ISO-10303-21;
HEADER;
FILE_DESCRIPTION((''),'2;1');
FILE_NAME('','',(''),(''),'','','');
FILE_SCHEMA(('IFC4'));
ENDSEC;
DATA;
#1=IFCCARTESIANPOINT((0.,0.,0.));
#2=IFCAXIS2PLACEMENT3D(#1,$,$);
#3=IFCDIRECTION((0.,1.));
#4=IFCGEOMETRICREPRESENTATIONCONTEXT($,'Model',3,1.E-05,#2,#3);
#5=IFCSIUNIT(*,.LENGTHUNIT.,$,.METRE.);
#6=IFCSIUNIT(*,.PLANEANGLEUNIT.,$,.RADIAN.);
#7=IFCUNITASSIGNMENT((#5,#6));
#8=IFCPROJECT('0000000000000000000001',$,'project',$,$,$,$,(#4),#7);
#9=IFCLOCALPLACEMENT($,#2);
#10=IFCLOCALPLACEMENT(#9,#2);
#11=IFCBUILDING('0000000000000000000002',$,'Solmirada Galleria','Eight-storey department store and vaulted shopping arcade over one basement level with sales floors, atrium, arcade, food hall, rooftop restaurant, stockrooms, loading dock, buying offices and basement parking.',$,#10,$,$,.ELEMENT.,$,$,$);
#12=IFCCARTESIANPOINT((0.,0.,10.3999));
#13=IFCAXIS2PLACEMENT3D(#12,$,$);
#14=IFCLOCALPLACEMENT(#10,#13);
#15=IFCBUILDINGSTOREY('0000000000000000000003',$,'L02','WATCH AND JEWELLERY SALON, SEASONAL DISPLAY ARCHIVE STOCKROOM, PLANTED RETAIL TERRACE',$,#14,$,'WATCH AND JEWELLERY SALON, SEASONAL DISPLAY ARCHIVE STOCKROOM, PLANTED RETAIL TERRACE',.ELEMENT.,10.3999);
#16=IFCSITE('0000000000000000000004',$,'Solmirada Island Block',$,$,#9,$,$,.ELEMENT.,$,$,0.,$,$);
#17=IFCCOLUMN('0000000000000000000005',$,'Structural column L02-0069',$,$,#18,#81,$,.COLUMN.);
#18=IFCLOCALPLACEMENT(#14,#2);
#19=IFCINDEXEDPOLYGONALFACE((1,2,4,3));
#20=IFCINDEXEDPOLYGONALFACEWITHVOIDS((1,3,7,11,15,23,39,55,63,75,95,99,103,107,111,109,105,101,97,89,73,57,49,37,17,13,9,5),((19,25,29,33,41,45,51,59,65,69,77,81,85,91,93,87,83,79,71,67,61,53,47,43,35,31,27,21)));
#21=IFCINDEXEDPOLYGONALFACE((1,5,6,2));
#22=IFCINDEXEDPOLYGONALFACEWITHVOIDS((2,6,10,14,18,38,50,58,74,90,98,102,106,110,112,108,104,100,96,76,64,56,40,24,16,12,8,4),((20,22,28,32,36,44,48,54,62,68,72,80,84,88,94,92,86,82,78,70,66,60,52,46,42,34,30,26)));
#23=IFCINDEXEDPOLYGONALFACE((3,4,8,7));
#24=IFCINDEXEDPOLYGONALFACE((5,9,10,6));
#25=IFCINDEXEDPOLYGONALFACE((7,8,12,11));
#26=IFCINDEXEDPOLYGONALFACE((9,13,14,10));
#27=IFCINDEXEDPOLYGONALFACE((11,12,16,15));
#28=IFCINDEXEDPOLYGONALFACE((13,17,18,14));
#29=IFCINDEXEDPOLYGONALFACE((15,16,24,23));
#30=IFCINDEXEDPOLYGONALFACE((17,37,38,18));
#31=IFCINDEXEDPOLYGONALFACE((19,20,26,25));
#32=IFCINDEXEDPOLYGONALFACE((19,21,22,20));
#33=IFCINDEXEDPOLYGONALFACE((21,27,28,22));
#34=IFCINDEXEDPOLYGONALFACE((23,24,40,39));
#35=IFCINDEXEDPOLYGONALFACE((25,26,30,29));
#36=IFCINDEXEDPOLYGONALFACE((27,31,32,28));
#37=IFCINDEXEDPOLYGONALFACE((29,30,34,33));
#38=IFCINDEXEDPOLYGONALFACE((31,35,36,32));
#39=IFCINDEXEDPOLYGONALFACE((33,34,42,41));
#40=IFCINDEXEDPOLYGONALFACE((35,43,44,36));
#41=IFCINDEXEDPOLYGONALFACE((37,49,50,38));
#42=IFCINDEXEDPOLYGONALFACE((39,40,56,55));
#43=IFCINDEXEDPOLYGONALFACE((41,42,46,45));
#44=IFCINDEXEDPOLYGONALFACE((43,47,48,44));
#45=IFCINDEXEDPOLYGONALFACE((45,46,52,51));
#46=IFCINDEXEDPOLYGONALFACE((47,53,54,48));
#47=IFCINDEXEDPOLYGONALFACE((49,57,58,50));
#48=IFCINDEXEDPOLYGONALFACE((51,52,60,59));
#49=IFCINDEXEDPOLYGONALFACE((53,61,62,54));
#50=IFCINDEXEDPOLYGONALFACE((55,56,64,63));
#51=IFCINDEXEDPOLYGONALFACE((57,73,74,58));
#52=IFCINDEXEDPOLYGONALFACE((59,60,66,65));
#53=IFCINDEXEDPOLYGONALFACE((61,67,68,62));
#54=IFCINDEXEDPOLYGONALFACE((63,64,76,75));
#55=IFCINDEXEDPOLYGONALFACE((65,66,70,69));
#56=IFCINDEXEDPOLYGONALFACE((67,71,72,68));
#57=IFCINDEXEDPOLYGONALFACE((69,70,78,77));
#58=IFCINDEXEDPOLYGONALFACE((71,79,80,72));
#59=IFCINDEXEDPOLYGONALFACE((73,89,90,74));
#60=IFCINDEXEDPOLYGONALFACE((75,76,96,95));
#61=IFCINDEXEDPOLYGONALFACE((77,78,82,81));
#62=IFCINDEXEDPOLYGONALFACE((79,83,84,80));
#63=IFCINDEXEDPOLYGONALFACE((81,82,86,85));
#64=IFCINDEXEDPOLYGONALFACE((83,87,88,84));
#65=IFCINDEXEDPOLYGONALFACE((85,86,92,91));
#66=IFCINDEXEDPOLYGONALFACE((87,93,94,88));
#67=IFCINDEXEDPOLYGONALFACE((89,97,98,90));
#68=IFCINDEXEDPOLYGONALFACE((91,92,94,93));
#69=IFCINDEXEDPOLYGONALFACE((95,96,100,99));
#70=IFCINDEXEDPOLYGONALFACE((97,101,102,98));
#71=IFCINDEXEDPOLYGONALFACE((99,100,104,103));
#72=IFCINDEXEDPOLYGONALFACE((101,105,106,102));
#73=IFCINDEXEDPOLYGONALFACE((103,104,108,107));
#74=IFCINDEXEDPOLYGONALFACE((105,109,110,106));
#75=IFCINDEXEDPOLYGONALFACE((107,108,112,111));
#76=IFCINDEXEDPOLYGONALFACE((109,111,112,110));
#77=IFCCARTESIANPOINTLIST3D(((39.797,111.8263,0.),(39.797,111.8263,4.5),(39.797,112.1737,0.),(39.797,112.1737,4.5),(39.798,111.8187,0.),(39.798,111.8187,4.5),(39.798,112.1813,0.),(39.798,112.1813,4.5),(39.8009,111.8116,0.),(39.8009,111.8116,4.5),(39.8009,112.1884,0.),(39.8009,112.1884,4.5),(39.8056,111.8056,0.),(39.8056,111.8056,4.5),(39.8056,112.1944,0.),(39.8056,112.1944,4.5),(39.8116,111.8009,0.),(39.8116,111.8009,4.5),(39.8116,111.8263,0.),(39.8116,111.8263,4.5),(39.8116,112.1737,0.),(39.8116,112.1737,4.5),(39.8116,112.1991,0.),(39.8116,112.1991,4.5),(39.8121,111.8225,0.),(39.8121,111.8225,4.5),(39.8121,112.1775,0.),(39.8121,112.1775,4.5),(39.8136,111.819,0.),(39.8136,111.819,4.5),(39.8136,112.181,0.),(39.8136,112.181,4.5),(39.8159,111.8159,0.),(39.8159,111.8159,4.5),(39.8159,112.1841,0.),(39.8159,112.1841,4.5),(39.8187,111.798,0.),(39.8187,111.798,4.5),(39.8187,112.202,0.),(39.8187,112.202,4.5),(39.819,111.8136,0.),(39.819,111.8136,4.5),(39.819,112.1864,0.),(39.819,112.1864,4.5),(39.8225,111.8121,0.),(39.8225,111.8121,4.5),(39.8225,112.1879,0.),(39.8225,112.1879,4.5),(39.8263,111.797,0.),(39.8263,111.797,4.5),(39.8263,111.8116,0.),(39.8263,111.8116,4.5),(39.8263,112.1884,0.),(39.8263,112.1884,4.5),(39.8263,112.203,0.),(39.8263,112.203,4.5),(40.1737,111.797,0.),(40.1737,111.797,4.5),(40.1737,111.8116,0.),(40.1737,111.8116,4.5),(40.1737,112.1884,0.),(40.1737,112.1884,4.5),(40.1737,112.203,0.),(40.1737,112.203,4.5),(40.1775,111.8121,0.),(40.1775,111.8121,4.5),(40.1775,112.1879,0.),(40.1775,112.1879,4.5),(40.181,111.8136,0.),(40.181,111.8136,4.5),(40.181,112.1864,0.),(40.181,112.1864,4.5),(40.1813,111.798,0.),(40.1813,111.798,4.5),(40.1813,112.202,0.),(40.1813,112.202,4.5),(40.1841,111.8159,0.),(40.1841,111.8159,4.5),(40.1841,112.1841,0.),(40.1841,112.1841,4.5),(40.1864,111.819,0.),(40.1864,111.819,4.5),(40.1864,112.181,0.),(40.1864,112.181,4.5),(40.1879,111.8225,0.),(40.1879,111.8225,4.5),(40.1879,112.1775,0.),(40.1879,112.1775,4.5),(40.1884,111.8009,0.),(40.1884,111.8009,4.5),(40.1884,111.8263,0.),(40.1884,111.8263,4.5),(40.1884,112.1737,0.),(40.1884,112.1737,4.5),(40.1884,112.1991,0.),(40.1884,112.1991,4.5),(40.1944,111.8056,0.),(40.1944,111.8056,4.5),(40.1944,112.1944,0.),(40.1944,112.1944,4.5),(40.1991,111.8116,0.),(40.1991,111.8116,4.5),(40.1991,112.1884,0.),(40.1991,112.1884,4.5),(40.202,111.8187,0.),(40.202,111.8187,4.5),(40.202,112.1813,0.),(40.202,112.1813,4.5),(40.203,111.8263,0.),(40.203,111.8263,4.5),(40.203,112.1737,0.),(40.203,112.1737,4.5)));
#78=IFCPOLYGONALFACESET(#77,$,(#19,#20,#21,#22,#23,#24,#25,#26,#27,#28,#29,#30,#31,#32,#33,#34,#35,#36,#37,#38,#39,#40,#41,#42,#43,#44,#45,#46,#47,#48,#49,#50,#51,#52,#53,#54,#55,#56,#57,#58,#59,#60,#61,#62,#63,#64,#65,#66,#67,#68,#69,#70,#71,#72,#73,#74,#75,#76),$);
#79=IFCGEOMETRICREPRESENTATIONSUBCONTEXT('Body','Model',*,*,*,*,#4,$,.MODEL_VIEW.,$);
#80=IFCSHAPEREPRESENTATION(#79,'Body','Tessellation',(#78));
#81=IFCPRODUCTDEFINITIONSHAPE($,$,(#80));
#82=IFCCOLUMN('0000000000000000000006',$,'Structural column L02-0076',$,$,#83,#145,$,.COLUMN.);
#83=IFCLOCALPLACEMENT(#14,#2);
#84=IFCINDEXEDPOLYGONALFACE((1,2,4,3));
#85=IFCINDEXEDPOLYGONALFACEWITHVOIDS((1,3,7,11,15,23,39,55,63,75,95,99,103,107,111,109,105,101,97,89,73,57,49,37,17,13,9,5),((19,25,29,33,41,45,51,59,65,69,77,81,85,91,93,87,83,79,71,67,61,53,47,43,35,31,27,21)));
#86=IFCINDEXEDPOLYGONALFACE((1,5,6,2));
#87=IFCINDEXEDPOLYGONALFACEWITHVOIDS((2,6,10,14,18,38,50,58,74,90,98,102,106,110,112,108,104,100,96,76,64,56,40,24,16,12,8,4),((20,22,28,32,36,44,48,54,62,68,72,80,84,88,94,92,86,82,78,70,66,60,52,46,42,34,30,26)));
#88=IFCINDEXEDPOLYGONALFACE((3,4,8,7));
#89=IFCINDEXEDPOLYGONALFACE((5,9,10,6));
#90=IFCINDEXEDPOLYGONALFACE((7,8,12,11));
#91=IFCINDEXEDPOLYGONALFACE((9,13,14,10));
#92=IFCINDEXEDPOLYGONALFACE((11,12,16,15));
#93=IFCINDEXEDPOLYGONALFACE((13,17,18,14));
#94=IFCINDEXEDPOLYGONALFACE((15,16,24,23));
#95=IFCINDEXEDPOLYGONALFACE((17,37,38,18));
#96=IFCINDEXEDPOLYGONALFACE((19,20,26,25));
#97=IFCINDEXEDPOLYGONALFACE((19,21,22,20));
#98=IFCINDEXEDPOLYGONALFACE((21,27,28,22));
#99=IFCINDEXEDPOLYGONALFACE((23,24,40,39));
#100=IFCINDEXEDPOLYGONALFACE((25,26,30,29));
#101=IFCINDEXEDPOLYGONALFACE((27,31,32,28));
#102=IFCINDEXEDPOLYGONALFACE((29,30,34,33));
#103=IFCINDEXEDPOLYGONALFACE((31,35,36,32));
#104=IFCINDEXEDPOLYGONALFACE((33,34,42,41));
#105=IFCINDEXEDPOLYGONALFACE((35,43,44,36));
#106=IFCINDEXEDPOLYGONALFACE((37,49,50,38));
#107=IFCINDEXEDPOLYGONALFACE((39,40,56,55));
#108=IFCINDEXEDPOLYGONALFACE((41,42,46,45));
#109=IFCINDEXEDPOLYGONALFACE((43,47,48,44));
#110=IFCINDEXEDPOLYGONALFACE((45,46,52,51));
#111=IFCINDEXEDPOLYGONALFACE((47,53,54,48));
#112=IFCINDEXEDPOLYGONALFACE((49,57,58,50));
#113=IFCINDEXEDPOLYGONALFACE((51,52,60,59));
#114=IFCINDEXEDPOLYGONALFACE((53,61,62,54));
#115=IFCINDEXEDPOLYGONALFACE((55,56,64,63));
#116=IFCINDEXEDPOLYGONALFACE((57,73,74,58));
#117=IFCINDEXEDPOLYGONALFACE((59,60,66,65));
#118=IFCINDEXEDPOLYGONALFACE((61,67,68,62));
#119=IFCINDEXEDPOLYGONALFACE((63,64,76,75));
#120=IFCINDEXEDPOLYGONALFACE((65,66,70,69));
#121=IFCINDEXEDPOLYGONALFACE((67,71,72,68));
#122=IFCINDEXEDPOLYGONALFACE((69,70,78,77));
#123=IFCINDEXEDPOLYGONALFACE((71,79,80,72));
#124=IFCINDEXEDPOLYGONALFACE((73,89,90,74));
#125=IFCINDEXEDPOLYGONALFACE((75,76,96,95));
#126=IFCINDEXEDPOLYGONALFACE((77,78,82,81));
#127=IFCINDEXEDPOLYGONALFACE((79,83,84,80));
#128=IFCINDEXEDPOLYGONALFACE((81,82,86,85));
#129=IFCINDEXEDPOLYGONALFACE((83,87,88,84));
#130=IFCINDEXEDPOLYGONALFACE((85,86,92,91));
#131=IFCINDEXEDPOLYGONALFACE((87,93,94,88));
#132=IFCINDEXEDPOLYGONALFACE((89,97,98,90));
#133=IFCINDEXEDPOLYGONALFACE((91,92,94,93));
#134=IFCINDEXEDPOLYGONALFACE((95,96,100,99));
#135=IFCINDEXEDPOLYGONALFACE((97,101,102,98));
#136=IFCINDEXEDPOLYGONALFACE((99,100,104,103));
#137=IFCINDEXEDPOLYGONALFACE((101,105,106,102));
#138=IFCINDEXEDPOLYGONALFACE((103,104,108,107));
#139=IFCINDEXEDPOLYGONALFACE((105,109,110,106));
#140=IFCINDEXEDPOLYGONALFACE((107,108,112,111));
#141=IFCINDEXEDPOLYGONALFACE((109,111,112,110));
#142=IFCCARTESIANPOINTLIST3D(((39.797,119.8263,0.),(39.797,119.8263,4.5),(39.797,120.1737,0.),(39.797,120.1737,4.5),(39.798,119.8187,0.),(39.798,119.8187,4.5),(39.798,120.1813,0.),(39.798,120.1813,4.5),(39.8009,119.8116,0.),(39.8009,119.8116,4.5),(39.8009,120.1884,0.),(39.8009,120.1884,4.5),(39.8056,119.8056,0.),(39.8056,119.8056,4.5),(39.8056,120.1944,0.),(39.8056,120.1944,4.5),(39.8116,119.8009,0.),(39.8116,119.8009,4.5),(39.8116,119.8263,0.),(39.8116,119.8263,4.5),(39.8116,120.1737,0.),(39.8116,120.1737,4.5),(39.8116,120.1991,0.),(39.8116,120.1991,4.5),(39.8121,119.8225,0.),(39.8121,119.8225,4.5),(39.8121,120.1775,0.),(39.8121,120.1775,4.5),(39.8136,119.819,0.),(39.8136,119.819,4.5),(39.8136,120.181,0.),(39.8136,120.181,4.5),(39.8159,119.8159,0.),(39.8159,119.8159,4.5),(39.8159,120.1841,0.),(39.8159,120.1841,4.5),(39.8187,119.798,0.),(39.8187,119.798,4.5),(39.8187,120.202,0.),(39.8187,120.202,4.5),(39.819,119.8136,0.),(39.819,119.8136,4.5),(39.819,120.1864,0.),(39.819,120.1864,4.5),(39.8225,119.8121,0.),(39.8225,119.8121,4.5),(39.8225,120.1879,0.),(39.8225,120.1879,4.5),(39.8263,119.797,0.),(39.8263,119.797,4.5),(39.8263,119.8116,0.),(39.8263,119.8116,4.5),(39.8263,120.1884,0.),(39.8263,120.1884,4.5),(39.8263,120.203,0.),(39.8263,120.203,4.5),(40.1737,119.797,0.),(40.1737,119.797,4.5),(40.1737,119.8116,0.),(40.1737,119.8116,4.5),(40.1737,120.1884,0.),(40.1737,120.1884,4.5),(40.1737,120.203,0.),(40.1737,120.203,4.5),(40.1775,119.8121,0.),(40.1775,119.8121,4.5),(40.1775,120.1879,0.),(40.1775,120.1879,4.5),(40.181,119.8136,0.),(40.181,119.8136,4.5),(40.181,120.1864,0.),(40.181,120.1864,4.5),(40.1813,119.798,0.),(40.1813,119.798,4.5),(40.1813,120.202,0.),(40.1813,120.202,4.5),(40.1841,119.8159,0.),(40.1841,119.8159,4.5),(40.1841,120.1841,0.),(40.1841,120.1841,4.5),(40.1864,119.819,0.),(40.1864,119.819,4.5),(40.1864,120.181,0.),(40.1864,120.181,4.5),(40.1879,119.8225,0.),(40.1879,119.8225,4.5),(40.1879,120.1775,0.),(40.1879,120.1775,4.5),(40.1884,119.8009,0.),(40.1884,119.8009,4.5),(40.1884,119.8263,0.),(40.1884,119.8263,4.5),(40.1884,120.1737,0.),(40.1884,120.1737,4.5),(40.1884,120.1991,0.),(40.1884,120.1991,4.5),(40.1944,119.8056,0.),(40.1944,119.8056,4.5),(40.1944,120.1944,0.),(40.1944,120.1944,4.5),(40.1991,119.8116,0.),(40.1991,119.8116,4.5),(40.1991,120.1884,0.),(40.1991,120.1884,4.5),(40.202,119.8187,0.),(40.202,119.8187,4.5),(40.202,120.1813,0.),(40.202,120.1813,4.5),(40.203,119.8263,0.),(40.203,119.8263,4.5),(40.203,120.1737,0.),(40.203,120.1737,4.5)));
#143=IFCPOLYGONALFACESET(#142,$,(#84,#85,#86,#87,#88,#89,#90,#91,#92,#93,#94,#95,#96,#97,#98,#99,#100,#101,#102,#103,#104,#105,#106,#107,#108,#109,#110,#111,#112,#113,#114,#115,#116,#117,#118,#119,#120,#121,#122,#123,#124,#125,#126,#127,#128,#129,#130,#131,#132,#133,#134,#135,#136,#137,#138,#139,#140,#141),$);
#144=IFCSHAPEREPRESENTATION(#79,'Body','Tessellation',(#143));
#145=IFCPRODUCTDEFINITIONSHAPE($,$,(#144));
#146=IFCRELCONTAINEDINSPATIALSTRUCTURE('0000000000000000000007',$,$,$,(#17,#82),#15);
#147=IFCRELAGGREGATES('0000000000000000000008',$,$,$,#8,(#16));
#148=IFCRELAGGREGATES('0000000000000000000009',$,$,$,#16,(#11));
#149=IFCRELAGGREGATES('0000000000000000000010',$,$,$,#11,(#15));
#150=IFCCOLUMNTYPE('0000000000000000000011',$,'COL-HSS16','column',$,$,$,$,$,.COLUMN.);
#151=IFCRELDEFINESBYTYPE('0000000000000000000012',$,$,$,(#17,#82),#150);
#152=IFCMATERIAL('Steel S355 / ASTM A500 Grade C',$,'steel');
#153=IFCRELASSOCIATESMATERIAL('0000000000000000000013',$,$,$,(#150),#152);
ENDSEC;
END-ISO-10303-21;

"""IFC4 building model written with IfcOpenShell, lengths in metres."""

from ifc_helpers import new_model, si_unit, direction, frame, origin, origin_2d, place, context, subcontext, project, spatial, hollow_rectangle, extrude, material, material_profile, profile_set, type_object, element, save


model = new_model("IFC4")

# Units and contexts
model_context = context("Model", 3, precision=1e-05, world=origin(), true_north=direction((0.0, 1.0)))
body_context = subcontext(model_context, "Body", "Model", "MODEL_VIEW")
ifc_project = project(units=[si_unit("LENGTHUNIT", "METRE"), si_unit("PLANEANGLEUNIT", "RADIAN")], contexts=[model_context])

# Site, building, storey
site_placement = place(None, origin())
site = spatial("IfcSite", under=ifc_project, at=site_placement, Name="Solmirada Island Block", CompositionType="ELEMENT", RefElevation=0.0)
building_placement = place(site_placement, origin())
building = spatial("IfcBuilding", under=site, at=building_placement, Name="Solmirada Galleria", Description="Eight-storey department store and vaulted shopping arcade over one basement level with sales floors, atrium, arcade, food hall, rooftop restaurant, stockrooms, loading dock, buying offices and basement parking.", CompositionType="ELEMENT")
storey_placement = place(building_placement, frame((0.0, 0.0, 10.3999)))
storey = spatial("IfcBuildingStorey", under=building, at=storey_placement, Name="L02", Description="WATCH AND JEWELLERY SALON, SEASONAL DISPLAY ARCHIVE STOCKROOM, PLANTED RETAIL TERRACE", LongName="WATCH AND JEWELLERY SALON, SEASONAL DISPLAY ARCHIVE STOCKROOM, PLANTED RETAIL TERRACE", CompositionType="ELEMENT", Elevation=10.3999)

# Columns
ifc_material_1 = material(Name="Steel S355 / ASTM A500 Grade C", Category="steel")
ifc_material_profile_1 = material_profile(ifc_material_1, hollow_rectangle(XDim=0.406, YDim=0.406, WallThickness=0.0146, InnerFilletRadius=0.0146, OuterFilletRadius=0.0293, at=origin_2d()), Name="HSS16X16X5/8")
ifc_profile_set_1 = profile_set([ifc_material_profile_1], Name="Steel S355 / ASTM A500 Grade C")
column_type = type_object("IfcColumnType", Name="COL-HSS16", Description="column", PredefinedType="COLUMN", material=ifc_profile_set_1)
for number, where, z_axis, x_axis, name in (
    (1, (40.0, 112.0, 0.0), (0.0, 0.0, 1.0), (1.0, 0.0, 0.0), "Structural column L02-0069"),
    (2, (40.0, 120.0, 0.0), (0.0, 0.0, 1.0), (1.0, 0.0, 0.0), "Structural column L02-0076"),
):
    element("IfcColumn", number, at=place(storey_placement, frame(where, z_axis=z_axis, x_axis=x_axis)), inside=storey, type_object=column_type, Name=name, PredefinedType="COLUMN", context=body_context, shape_type="SweptSolid", body=[
        extrude(hollow_rectangle(XDim=0.406, YDim=0.406, WallThickness=0.0146, InnerFilletRadius=0.0146, OuterFilletRadius=0.0293, at=origin_2d()), origin(), (0.0, 0.0, 1.0), 4.5),
    ])

save(model, "model.ifc")
